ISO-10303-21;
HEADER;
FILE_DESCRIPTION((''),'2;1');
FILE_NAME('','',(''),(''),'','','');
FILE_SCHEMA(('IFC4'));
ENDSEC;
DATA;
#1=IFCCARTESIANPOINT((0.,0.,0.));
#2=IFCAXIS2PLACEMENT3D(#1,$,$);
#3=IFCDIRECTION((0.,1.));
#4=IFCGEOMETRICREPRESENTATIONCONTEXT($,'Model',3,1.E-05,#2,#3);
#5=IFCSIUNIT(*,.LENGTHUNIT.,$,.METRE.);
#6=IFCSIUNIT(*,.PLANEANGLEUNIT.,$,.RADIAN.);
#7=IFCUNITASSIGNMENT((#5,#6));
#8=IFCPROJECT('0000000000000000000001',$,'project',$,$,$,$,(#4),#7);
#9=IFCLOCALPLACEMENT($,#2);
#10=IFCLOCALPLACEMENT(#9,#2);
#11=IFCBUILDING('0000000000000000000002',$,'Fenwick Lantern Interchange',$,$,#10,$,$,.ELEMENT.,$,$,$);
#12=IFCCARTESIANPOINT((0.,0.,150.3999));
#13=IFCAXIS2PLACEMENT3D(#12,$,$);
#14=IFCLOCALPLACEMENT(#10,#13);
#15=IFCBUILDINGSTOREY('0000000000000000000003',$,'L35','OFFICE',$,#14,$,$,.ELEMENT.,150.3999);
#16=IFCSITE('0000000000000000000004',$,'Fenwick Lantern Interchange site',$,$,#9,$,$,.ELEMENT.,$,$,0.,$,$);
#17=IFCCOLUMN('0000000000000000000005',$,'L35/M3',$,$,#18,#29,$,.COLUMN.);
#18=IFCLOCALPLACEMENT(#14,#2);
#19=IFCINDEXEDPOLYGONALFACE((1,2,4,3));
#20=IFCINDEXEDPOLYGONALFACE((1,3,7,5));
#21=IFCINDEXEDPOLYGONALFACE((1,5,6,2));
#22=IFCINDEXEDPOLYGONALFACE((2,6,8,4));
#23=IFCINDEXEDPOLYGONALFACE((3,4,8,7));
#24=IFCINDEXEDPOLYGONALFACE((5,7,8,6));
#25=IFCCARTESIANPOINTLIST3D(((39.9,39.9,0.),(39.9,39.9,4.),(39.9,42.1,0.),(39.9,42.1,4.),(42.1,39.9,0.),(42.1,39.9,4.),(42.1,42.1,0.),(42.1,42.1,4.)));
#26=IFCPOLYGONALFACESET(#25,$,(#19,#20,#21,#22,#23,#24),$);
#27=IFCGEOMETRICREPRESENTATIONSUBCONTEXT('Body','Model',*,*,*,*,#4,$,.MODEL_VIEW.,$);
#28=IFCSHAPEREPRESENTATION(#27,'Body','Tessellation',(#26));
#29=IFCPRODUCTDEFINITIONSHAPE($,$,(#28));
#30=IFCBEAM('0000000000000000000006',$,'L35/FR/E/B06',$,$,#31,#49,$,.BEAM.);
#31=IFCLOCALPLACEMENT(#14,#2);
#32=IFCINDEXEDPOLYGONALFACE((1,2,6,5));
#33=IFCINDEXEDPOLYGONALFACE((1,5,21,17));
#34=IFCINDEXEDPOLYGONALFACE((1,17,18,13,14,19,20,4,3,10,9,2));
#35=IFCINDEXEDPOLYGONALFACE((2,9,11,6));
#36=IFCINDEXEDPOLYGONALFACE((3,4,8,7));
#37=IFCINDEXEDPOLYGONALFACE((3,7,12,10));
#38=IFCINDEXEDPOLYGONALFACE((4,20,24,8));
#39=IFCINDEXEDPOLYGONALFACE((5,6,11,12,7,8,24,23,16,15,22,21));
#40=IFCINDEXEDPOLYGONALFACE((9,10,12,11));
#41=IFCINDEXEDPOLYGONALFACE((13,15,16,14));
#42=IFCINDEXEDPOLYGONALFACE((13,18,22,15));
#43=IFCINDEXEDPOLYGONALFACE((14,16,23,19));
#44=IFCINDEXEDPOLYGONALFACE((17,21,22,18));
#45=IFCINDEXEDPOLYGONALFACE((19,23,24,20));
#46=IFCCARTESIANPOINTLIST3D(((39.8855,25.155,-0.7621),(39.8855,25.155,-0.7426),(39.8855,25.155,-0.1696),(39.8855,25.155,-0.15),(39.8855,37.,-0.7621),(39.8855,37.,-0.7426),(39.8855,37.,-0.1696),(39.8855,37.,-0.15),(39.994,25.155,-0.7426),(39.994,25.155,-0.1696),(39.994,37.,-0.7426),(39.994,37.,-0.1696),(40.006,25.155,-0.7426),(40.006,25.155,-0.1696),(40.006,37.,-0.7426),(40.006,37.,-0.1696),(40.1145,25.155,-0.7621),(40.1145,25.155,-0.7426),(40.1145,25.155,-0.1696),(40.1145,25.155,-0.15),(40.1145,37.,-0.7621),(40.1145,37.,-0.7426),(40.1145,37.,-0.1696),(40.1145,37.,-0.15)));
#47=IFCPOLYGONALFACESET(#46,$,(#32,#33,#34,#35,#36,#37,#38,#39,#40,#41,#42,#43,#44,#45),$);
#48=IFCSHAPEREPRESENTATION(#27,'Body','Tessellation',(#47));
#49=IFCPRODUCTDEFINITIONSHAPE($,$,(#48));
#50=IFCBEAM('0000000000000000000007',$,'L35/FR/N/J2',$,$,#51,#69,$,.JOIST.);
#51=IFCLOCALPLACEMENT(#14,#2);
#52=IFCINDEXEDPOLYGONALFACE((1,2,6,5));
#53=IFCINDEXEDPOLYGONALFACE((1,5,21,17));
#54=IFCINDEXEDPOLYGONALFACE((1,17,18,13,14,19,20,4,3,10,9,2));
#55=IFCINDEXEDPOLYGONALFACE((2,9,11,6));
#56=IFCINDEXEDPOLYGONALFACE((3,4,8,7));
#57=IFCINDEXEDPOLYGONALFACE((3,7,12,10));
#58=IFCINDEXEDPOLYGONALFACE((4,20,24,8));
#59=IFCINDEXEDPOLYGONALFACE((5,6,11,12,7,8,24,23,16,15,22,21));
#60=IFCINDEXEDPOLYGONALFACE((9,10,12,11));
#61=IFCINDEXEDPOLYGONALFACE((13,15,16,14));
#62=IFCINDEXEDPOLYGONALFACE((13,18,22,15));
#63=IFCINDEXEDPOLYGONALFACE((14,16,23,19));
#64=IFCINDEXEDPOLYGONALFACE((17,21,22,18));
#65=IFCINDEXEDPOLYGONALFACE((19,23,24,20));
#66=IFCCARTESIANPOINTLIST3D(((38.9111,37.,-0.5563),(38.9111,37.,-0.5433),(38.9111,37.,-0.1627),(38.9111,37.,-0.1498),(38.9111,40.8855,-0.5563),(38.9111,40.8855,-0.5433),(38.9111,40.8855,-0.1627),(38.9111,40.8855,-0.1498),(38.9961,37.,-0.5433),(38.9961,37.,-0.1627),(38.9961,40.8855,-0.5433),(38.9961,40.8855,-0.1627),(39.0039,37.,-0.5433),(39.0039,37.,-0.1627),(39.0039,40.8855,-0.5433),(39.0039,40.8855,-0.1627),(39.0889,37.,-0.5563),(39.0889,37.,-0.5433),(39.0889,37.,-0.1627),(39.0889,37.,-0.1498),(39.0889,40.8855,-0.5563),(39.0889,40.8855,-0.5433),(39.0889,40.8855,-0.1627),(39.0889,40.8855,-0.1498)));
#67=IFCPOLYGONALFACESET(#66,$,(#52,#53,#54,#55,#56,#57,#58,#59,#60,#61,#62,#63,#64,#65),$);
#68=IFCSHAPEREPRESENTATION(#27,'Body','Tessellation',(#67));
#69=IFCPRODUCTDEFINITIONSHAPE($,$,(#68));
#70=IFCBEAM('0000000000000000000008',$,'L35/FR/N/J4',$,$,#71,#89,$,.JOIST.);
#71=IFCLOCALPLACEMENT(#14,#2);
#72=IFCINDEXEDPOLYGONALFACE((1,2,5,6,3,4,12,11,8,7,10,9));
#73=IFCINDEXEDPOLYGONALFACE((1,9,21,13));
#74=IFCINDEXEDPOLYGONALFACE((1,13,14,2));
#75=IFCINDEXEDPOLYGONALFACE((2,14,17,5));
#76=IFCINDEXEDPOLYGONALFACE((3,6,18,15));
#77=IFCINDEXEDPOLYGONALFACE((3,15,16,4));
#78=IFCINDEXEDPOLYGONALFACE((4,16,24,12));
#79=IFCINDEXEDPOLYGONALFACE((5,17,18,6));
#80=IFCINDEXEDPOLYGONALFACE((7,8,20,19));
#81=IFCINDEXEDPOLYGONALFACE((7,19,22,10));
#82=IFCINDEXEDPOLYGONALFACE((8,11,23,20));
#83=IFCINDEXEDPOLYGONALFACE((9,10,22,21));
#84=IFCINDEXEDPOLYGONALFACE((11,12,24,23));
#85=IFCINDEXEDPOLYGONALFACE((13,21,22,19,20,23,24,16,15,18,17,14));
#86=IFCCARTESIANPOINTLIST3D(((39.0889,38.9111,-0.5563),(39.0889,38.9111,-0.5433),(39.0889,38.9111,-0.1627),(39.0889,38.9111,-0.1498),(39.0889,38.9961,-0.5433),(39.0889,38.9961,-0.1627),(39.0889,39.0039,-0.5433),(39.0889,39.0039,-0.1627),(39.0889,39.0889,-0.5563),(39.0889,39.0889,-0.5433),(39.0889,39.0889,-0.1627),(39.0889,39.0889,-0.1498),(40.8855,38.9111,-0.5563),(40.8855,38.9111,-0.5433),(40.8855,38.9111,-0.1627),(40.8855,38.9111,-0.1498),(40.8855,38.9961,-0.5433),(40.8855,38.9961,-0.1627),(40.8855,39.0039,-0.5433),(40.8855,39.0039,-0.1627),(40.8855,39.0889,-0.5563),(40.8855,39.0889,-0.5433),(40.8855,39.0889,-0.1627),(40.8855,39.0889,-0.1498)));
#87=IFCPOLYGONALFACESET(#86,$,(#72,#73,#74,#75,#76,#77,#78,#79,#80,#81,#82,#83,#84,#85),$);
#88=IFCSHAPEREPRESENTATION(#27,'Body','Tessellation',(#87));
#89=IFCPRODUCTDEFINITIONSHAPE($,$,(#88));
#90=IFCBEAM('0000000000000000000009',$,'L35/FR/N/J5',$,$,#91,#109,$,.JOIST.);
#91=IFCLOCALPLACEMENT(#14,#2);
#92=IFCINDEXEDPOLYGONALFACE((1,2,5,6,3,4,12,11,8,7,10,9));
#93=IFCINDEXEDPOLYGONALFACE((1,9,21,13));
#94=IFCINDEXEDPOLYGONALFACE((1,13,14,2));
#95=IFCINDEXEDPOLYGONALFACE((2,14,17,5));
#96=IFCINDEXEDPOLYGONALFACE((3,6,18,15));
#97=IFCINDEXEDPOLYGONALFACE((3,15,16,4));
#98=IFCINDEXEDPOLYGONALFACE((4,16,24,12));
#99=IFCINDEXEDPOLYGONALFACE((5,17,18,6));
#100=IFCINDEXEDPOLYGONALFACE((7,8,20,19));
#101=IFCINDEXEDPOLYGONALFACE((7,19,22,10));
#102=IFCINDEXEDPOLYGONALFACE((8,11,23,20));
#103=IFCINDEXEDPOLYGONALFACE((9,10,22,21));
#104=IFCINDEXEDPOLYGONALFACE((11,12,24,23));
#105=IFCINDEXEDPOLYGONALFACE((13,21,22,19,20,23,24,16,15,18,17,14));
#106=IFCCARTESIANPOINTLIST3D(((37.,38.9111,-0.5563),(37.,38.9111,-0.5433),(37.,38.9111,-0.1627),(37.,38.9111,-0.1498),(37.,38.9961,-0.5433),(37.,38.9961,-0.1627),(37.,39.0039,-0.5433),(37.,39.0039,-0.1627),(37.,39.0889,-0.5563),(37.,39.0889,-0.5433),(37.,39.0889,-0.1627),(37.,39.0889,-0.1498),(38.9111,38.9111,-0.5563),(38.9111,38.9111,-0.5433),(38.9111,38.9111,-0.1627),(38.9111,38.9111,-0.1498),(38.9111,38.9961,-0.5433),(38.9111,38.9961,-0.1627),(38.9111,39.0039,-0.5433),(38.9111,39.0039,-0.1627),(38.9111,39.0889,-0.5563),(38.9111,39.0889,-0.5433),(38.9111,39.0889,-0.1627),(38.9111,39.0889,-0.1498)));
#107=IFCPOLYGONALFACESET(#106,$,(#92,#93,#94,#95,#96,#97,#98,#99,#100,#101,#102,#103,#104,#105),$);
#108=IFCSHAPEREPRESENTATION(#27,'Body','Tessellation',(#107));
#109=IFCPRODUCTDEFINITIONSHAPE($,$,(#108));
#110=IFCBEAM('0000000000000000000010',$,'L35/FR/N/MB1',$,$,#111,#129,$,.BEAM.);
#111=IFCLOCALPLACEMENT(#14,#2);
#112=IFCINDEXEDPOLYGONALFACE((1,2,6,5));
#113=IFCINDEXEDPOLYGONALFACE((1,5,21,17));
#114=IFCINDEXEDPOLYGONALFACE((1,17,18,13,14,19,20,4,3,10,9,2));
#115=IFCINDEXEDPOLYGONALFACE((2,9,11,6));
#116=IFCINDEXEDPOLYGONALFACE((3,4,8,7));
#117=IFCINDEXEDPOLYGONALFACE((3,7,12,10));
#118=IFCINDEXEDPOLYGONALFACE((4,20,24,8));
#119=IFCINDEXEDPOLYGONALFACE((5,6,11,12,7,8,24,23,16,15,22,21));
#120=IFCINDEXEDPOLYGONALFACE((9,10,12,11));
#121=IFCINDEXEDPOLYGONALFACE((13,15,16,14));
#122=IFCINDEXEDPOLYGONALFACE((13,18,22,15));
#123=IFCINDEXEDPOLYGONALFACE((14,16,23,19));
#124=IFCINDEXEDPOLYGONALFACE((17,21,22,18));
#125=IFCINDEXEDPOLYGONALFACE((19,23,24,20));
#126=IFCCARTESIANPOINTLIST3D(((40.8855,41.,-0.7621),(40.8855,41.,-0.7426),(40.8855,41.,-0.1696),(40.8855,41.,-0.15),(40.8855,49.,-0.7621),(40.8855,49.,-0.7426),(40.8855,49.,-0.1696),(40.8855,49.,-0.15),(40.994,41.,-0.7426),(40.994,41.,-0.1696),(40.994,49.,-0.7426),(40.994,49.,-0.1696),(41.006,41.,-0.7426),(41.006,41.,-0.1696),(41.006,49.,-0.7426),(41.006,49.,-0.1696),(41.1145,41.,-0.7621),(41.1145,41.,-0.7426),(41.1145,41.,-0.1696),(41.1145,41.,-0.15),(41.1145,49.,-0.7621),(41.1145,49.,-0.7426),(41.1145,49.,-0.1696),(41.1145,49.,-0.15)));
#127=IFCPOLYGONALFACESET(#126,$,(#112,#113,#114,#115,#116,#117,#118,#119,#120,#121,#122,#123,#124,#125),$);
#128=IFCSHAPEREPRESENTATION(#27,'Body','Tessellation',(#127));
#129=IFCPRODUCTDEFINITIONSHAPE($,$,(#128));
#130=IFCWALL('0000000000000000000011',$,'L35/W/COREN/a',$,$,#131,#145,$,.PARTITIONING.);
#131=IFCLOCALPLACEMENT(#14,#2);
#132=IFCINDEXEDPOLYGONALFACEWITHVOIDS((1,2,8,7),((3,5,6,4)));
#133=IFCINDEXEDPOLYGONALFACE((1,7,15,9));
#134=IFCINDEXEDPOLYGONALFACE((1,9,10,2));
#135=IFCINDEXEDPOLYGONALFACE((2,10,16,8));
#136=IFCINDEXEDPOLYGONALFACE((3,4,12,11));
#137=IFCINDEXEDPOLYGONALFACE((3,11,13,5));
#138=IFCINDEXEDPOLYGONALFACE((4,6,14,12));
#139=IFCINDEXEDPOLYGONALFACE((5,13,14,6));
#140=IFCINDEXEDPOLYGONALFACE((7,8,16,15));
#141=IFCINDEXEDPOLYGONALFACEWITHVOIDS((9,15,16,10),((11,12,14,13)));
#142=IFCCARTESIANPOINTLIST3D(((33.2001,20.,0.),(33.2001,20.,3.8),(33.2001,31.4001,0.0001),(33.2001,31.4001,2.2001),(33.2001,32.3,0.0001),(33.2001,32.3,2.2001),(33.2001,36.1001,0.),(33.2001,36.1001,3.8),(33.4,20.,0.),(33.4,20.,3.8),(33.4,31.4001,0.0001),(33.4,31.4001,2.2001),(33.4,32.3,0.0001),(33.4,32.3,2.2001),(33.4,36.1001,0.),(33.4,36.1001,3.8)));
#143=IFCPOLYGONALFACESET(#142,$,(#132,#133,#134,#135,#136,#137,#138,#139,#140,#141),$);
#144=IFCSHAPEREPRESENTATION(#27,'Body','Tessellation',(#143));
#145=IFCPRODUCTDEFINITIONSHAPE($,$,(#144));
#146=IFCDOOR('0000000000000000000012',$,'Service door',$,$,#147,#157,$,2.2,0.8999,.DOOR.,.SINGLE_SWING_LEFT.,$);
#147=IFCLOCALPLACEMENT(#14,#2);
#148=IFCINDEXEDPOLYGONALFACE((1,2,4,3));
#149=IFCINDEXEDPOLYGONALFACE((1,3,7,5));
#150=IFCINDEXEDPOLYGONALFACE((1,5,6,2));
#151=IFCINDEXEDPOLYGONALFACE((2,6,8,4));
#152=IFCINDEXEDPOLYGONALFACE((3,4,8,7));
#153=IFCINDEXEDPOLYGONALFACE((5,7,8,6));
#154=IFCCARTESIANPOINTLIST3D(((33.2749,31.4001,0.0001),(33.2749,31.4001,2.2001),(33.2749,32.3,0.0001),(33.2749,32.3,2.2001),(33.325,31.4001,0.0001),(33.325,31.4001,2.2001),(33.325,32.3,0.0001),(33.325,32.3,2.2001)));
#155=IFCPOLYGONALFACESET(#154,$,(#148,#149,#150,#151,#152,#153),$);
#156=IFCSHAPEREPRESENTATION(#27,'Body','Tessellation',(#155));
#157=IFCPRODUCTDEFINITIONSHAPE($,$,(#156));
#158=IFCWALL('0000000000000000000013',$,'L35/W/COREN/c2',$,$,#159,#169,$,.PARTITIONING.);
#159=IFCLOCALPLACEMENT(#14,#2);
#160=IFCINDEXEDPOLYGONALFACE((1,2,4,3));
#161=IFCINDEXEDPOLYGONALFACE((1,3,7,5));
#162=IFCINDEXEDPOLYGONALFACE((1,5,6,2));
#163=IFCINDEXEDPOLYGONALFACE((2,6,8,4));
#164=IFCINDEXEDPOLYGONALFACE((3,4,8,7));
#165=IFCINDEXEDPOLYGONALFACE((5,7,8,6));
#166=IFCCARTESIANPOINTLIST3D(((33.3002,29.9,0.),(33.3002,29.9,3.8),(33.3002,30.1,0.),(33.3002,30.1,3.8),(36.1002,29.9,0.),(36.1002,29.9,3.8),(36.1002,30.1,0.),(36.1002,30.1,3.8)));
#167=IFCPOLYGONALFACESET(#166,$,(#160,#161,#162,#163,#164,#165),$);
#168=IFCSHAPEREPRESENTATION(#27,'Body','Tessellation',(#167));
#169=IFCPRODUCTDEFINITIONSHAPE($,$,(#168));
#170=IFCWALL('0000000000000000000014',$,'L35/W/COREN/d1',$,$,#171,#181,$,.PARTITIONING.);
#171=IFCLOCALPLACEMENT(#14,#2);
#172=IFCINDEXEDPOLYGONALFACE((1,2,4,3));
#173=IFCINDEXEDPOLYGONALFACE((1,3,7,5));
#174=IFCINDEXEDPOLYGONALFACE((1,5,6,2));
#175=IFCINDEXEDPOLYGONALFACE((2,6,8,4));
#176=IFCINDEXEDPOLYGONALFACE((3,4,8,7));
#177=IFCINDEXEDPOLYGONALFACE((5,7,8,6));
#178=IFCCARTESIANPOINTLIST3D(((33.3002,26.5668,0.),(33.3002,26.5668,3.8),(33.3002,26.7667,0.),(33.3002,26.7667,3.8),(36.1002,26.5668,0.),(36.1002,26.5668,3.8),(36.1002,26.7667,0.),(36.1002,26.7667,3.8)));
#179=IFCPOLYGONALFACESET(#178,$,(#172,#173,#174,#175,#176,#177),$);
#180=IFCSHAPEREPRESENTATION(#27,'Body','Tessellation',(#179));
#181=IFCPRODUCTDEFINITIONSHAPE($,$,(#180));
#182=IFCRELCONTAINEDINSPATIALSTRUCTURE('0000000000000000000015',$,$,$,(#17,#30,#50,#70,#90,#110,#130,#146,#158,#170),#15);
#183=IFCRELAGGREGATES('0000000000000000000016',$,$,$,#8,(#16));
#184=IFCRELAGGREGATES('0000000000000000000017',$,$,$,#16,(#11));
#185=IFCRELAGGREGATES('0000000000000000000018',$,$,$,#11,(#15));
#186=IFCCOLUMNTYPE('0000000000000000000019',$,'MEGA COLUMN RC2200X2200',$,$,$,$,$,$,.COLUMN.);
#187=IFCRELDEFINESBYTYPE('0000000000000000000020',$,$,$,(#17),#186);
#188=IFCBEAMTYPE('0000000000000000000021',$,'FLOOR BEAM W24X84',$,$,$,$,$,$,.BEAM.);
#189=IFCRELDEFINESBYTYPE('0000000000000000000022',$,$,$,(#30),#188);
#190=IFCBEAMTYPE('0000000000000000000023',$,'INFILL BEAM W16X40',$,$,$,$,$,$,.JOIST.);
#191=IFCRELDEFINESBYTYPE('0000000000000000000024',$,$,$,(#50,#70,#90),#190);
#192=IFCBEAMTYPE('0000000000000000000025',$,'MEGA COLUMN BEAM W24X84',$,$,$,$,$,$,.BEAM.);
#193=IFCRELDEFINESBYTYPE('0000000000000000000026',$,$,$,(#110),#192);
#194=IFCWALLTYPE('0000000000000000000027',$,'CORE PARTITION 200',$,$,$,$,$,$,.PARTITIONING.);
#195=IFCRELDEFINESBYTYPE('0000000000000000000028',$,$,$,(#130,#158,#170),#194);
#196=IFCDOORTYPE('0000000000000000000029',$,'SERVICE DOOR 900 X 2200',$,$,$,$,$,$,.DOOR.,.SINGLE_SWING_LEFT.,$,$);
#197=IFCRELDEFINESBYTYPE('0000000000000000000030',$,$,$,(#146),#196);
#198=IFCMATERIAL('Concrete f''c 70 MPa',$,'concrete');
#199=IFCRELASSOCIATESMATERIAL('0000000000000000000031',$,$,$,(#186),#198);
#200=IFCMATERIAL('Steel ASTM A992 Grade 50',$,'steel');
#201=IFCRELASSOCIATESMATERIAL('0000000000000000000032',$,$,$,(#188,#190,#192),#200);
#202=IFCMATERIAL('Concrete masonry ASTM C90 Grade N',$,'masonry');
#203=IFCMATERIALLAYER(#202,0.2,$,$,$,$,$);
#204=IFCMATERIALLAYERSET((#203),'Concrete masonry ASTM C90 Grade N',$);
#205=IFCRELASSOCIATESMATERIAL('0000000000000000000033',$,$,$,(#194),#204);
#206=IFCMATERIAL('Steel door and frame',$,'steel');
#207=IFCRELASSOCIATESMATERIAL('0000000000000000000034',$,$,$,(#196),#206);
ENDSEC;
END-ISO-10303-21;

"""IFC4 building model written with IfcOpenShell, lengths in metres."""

from ifc_helpers import new_model, si_unit, direction, frame, frame_2d, origin, origin_2d, place, context, subcontext, project, spatial, rectangle, i_section, extrude, material, layer, layer_set, material_profile, profile_set, type_object, element, fill, save


model = new_model("IFC4")

# Units and contexts
model_context = context("Model", 3, precision=1e-05, world=origin(), true_north=direction((0.0, 1.0)))
body_context = subcontext(model_context, "Body", "Model", "MODEL_VIEW")
ifc_project = project(units=[si_unit("LENGTHUNIT", "METRE"), si_unit("PLANEANGLEUNIT", "RADIAN")], contexts=[model_context])

# Site, building, storey
site_placement = place(None, origin())
site = spatial("IfcSite", under=ifc_project, at=site_placement, Name="Fenwick Lantern Interchange site", CompositionType="ELEMENT", RefElevation=0.0)
building_placement = place(site_placement, origin())
building = spatial("IfcBuilding", under=site, at=building_placement, Name="Fenwick Lantern Interchange", CompositionType="ELEMENT")
storey_placement = place(building_placement, frame((0.0, 0.0, 150.3999)))
storey = spatial("IfcBuildingStorey", under=building, at=storey_placement, Name="L35", Description="OFFICE", CompositionType="ELEMENT", Elevation=150.3999)

# Column
ifc_material_1 = material(Name="Concrete f'c 70 MPa", Category="concrete")
ifc_material_profile_1 = material_profile(ifc_material_1, rectangle(XDim=2.2, YDim=2.2, at=origin_2d()), Name="RC2200X2200")
ifc_profile_set_1 = profile_set([ifc_material_profile_1], Name="Concrete f'c 70 MPa")
column_type = type_object("IfcColumnType", Name="MEGA COLUMN RC2200X2200", PredefinedType="COLUMN", material=ifc_profile_set_1)
column_placement = place(storey_placement, frame((41.0, 41.0, 0.0), z_axis=(0.0, 0.0, 1.0), x_axis=(1.0, 0.0, 0.0)))
element("IfcColumn", 1, at=column_placement, inside=storey, type_object=column_type, Name="L35/M3", PredefinedType="COLUMN", context=body_context, shape_type="SweptSolid", body=[
    extrude(rectangle(XDim=2.2, YDim=2.2, at=origin_2d()), origin(), (0.0, 0.0, 1.0), 4.0),
])

# Beams
ifc_material_2 = material(Name="Steel ASTM A992 Grade 50", Category="steel")
ifc_material_profile_2 = material_profile(ifc_material_2, i_section(OverallWidth=0.229, OverallDepth=0.6121, WebThickness=0.012, FlangeThickness=0.0195, at=origin_2d()), Name="W24X84")
ifc_profile_set_2 = profile_set([ifc_material_profile_2], Name="Steel ASTM A992 Grade 50")
beam_type_1 = type_object("IfcBeamType", Name="FLOOR BEAM W24X84", PredefinedType="BEAM", material=ifc_profile_set_2)
beam_1_placement = place(storey_placement, frame((40.0, 25.155, -0.4561), z_axis=(0.0, 1.0, 0.0), x_axis=(-1.0, 0.0, 0.0)))
element("IfcBeam", 2, at=beam_1_placement, inside=storey, type_object=beam_type_1, Name="L35/FR/E/B06", PredefinedType="BEAM", context=body_context, shape_type="SweptSolid", body=[
    extrude(i_section(OverallWidth=0.229, OverallDepth=0.6121, WebThickness=0.012, FlangeThickness=0.0195, at=origin_2d()), origin(), (0.0, 0.0, 1.0), 11.845),
])
ifc_material_profile_3 = material_profile(ifc_material_2, i_section(OverallWidth=0.1777, OverallDepth=0.4065, WebThickness=0.0078, FlangeThickness=0.0129, at=origin_2d()), Name="W16X40")
ifc_profile_set_3 = profile_set([ifc_material_profile_3], Name="Steel ASTM A992 Grade 50")
beam_type_2 = type_object("IfcBeamType", Name="INFILL BEAM W16X40", PredefinedType="JOIST", material=ifc_profile_set_3)
beam_2_placement = place(storey_placement, frame((39.0, 40.8855, -0.353), z_axis=(0.0, -1.0, 0.0), x_axis=(1.0, 0.0, 0.0)))
element("IfcBeam", 3, at=beam_2_placement, inside=storey, type_object=beam_type_2, Name="L35/FR/N/J2", PredefinedType="JOIST", context=body_context, shape_type="SweptSolid", body=[
    extrude(i_section(OverallWidth=0.1777, OverallDepth=0.4065, WebThickness=0.0078, FlangeThickness=0.0129, at=origin_2d()), origin(), (0.0, 0.0, 1.0), 3.8855),
])
beam_3_placement = place(storey_placement, frame((40.8855, 39.0, -0.353), z_axis=(-1.0, 0.0, 0.0), x_axis=(0.0, -1.0, 0.0)))
element("IfcBeam", 4, at=beam_3_placement, inside=storey, type_object=beam_type_2, Name="L35/FR/N/J4", PredefinedType="JOIST", context=body_context, shape_type="SweptSolid", body=[
    extrude(i_section(OverallWidth=0.1777, OverallDepth=0.4065, WebThickness=0.0078, FlangeThickness=0.0129, at=origin_2d()), origin(), (0.0, 0.0, 1.0), 1.7966),
])
beam_4_placement = place(storey_placement, frame((38.9111, 39.0, -0.353), z_axis=(-1.0, 0.0, 0.0), x_axis=(0.0, -1.0, 0.0)))
element("IfcBeam", 5, at=beam_4_placement, inside=storey, type_object=beam_type_2, Name="L35/FR/N/J5", PredefinedType="JOIST", context=body_context, shape_type="SweptSolid", body=[
    extrude(i_section(OverallWidth=0.1777, OverallDepth=0.4065, WebThickness=0.0078, FlangeThickness=0.0129, at=origin_2d()), origin(), (0.0, 0.0, 1.0), 1.9111),
])
ifc_material_profile_4 = material_profile(ifc_material_2, i_section(OverallWidth=0.229, OverallDepth=0.6121, WebThickness=0.012, FlangeThickness=0.0195, at=origin_2d()), Name="W24X84")
ifc_profile_set_4 = profile_set([ifc_material_profile_4], Name="Steel ASTM A992 Grade 50")
beam_type_3 = type_object("IfcBeamType", Name="MEGA COLUMN BEAM W24X84", PredefinedType="BEAM", material=ifc_profile_set_4)
beam_5_placement = place(storey_placement, frame((41.0, 41.0, -0.4561), z_axis=(0.0, 1.0, 0.0), x_axis=(-1.0, 0.0, 0.0)))
element("IfcBeam", 6, at=beam_5_placement, inside=storey, type_object=beam_type_3, Name="L35/FR/N/MB1", PredefinedType="BEAM", context=body_context, shape_type="SweptSolid", body=[
    extrude(i_section(OverallWidth=0.229, OverallDepth=0.6121, WebThickness=0.012, FlangeThickness=0.0195, at=origin_2d()), origin(), (0.0, 0.0, 1.0), 8.0),
])

# Wall, opening, door
ifc_material_3 = material(Name="Concrete masonry ASTM C90 Grade N", Category="masonry")
ifc_layer_1 = layer(ifc_material_3, 0.2)
ifc_layer_set_1 = layer_set([ifc_layer_1], Name="Concrete masonry ASTM C90 Grade N")
wall_type_1 = type_object("IfcWallType", Name="CORE PARTITION 200", PredefinedType="PARTITIONING", material=ifc_layer_set_1)
wall_1_placement = place(storey_placement, frame((33.3, 36.1001, 0.0), z_axis=(0.0, 0.0, 1.0), x_axis=(0.0, -1.0, 0.0)))
wall_1 = element("IfcWall", 7, at=wall_1_placement, inside=storey, type_object=wall_type_1, Name="L35/W/COREN/a", PredefinedType="PARTITIONING", context=body_context, shape_type="SweptSolid", body=[
    extrude(rectangle(XDim=16.1001, YDim=0.2, at=frame_2d((8.05, 0.0))), origin(), (0.0, 0.0, 1.0), 3.8),
])
opening_1_placement = place(wall_1_placement, frame((3.8, 0.0, 0.0)))
opening_1 = element("IfcOpeningElement", 8, at=opening_1_placement, cuts=wall_1, PredefinedType="OPENING", context=body_context, shape_type="SweptSolid", body=[
    extrude(rectangle(XDim=0.8999, YDim=2.2, at=frame_2d((0.45, 1.1001))), frame((0.0, 0.1099, 0.0), z_axis=(0.0, -1.0, 0.0), x_axis=(1.0, 0.0, 0.0)), (0.0, 0.0, 1.0), 0.22),
])
ifc_material_4 = material(Name="Steel door and frame", Category="steel")
door_type_1 = type_object("IfcDoorType", Name="SERVICE DOOR 900 X 2200", OperationType="SINGLE_SWING_LEFT", PredefinedType="DOOR", material=ifc_material_4)
door_1_placement = place(opening_1_placement, origin())
door_1 = element("IfcDoor", 9, at=door_1_placement, inside=storey, type_object=door_type_1, Name="Service door", OperationType="SINGLE_SWING_LEFT", OverallHeight=2.2, OverallWidth=0.8999, PredefinedType="DOOR", context=body_context, shape_type="SweptSolid", body=[
    extrude(rectangle(XDim=0.8999, YDim=2.2, at=frame_2d((0.45, 1.1001))), frame((0.0, 0.0249, 0.0), z_axis=(0.0, -1.0, 0.0), x_axis=(1.0, 0.0, 0.0)), (0.0, 0.0, 1.0), 0.05),
])
fill(opening_1, door_1)

# Walls
for number, where, z_axis, x_axis, name in (
    (10, (36.1001, 30.0, 0.0), (0.0, 0.0, 1.0), (-1.0, 0.0, 0.0), "L35/W/COREN/c2"),
    (11, (36.1001, 26.6667, 0.0), (0.0, 0.0, 1.0), (-1.0, 0.0, 0.0), "L35/W/COREN/d1"),
):
    element("IfcWall", number, at=place(storey_placement, frame(where, z_axis=z_axis, x_axis=x_axis)), inside=storey, type_object=wall_type_1, Name=name, PredefinedType="PARTITIONING", context=body_context, shape_type="SweptSolid", body=[
        extrude(rectangle(XDim=2.8, YDim=0.2, at=frame_2d((1.3999, 0.0))), origin(), (0.0, 0.0, 1.0), 3.8),
    ])

save(model, "model.ifc")
